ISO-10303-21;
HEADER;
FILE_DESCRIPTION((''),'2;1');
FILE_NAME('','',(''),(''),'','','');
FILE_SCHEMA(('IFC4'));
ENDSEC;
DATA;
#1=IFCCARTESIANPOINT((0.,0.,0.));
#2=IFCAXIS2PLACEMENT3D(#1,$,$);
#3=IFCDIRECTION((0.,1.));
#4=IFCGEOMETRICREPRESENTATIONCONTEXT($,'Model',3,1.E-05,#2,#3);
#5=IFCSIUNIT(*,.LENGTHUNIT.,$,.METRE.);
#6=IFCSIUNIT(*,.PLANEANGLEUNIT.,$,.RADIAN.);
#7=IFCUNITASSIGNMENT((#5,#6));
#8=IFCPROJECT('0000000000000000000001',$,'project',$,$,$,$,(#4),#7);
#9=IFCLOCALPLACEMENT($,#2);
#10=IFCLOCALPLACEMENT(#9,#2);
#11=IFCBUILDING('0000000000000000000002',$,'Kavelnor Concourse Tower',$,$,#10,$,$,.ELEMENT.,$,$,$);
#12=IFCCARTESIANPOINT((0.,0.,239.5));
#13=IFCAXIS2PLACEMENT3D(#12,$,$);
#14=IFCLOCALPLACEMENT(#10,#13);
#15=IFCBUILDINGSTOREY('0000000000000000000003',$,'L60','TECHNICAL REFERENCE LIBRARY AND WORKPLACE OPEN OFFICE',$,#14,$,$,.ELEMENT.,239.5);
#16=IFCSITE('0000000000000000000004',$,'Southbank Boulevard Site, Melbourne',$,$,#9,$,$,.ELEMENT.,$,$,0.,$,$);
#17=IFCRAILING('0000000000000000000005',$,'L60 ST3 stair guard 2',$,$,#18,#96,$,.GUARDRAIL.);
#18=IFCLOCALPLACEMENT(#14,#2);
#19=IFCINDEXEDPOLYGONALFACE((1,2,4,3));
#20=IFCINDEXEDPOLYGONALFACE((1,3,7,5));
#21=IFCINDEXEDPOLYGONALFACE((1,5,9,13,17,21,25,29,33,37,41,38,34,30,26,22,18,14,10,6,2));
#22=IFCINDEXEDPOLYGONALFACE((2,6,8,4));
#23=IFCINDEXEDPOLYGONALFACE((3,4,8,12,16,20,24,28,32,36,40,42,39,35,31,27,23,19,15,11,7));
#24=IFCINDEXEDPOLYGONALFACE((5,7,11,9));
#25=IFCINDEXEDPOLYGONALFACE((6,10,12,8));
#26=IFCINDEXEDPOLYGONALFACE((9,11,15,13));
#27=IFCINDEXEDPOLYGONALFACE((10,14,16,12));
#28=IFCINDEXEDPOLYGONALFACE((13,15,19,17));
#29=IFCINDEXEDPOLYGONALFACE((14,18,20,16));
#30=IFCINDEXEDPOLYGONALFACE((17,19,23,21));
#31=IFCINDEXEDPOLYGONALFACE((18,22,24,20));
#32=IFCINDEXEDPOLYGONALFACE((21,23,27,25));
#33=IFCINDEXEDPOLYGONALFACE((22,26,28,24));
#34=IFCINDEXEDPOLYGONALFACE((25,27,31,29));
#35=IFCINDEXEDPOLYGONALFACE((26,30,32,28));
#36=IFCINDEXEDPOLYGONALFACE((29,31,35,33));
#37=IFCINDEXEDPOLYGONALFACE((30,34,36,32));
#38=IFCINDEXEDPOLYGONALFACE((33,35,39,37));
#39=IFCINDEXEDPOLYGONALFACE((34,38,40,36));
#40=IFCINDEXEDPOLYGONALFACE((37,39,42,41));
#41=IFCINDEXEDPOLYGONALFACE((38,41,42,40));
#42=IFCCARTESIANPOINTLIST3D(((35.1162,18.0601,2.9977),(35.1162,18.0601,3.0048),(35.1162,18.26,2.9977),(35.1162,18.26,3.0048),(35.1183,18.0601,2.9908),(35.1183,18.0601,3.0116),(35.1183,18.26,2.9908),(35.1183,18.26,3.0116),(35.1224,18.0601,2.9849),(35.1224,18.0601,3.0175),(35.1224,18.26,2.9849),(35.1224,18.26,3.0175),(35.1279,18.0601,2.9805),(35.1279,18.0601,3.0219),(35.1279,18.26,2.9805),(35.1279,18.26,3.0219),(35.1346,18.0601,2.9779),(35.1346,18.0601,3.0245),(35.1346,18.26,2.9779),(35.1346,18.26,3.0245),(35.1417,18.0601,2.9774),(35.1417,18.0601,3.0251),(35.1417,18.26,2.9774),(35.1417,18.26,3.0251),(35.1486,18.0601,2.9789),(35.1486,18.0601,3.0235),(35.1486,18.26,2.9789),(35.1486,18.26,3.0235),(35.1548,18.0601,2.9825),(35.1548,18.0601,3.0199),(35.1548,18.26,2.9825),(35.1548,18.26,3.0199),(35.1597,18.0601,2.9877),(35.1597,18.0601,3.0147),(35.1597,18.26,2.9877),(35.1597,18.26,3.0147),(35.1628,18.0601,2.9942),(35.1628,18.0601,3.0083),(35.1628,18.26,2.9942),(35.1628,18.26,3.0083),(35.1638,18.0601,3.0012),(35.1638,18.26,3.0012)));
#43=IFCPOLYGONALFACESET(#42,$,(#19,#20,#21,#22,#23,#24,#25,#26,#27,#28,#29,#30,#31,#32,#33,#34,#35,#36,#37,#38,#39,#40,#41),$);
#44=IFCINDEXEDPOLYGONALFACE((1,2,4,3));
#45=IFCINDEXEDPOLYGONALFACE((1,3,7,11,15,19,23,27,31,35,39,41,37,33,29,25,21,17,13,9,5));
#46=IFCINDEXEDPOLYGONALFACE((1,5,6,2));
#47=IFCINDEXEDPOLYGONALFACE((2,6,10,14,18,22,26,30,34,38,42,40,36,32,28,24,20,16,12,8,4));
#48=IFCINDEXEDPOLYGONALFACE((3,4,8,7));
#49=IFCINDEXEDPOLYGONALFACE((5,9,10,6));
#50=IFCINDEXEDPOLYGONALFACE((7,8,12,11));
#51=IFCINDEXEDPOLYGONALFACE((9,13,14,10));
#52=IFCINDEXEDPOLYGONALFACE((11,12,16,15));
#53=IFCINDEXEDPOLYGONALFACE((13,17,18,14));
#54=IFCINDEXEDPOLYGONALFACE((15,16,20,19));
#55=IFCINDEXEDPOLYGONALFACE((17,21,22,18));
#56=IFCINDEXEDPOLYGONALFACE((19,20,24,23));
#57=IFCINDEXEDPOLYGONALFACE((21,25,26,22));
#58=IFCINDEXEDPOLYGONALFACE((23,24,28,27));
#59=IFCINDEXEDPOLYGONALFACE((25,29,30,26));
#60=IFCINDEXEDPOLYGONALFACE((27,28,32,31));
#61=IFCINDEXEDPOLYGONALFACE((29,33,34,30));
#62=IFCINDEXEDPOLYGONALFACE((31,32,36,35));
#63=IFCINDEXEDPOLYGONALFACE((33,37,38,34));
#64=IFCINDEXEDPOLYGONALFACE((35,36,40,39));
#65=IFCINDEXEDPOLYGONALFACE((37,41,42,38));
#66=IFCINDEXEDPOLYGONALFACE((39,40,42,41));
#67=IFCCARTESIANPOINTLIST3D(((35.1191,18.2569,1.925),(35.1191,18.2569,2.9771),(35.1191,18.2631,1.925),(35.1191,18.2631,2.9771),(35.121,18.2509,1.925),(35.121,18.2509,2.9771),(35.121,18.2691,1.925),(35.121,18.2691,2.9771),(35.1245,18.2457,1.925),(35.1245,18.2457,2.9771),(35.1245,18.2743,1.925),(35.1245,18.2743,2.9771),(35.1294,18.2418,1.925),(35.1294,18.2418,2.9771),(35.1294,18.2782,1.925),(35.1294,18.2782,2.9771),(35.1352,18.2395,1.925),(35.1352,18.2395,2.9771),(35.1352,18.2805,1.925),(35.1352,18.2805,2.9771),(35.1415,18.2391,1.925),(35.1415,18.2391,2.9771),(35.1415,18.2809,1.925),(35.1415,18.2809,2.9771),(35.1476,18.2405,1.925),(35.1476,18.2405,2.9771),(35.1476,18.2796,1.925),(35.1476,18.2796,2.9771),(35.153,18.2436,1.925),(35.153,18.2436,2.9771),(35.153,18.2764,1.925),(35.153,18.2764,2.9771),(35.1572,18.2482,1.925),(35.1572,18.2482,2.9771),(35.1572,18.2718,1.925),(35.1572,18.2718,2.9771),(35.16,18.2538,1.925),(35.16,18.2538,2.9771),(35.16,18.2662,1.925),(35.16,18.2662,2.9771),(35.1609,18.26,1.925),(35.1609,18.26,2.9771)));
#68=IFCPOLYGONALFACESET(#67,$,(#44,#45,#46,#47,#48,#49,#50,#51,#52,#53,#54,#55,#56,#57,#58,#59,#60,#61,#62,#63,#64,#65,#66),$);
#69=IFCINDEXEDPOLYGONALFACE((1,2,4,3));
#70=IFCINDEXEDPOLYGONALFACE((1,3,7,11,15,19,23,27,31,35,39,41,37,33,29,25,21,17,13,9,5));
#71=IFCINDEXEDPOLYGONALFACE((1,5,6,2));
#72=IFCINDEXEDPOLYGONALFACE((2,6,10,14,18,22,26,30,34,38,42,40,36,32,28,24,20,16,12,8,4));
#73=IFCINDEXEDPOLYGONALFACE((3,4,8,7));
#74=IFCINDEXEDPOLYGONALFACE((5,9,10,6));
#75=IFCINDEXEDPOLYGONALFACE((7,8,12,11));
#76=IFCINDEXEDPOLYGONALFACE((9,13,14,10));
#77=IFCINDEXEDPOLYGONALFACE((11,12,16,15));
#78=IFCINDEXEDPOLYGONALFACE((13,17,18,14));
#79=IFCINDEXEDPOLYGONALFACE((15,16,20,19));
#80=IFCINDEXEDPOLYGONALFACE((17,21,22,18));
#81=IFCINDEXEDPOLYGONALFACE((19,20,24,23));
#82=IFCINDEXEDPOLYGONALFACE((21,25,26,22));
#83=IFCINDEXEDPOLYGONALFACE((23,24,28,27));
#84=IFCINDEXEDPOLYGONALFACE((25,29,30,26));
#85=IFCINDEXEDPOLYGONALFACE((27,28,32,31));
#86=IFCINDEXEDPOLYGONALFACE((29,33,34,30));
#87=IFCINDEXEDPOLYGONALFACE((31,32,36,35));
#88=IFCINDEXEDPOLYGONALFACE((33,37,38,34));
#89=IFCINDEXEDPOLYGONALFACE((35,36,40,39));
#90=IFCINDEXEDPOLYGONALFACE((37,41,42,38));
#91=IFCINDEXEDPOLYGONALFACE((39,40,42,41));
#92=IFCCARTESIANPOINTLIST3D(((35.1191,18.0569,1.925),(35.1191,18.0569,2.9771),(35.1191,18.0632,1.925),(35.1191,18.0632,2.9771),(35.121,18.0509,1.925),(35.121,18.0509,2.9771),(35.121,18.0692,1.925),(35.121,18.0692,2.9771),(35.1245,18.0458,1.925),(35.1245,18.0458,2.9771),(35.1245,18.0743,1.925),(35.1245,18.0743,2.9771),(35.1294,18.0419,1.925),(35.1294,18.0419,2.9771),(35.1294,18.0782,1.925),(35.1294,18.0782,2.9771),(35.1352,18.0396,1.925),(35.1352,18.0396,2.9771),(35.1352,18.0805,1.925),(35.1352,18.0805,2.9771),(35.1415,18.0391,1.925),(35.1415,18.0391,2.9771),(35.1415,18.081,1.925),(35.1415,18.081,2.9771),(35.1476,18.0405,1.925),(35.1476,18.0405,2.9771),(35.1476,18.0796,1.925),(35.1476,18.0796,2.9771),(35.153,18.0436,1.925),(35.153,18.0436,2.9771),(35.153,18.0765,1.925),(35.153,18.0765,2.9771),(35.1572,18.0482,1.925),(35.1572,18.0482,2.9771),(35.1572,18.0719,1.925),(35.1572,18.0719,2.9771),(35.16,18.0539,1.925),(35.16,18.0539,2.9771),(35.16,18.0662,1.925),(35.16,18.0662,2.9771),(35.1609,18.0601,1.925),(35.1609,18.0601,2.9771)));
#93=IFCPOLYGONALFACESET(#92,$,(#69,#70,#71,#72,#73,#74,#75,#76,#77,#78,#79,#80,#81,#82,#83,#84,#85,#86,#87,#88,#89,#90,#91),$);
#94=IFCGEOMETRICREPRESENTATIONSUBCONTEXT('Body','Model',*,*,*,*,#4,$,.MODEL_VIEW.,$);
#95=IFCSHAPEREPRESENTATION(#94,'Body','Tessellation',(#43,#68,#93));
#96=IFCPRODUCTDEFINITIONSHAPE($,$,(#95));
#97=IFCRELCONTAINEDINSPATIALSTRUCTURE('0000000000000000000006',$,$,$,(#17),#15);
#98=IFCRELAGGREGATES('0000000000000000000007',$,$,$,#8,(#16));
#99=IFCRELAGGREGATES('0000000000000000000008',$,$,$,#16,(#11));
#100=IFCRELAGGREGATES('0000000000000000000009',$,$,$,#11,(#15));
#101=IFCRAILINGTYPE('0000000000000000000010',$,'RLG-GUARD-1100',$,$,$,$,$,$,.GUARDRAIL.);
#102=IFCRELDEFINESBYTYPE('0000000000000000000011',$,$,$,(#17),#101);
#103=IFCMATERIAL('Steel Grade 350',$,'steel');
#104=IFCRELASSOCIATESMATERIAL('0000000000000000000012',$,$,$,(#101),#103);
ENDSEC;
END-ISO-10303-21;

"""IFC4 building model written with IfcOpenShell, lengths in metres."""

from ifc_helpers import new_model, si_unit, direction, frame, origin, origin_2d, place, context, subcontext, project, spatial, circle, extrude, material, type_object, element, save


model = new_model("IFC4")

# Units and contexts
model_context = context("Model", 3, precision=1e-05, world=origin(), true_north=direction((0.0, 1.0)))
body_context = subcontext(model_context, "Body", "Model", "MODEL_VIEW")
ifc_project = project(units=[si_unit("LENGTHUNIT", "METRE"), si_unit("PLANEANGLEUNIT", "RADIAN")], contexts=[model_context])

# Site, building, storey
site_placement = place(None, origin())
site = spatial("IfcSite", under=ifc_project, at=site_placement, Name="Southbank Boulevard Site, Melbourne", CompositionType="ELEMENT", RefElevation=0.0)
building_placement = place(site_placement, origin())
building = spatial("IfcBuilding", under=site, at=building_placement, Name="Kavelnor Concourse Tower", CompositionType="ELEMENT")
storey_placement = place(building_placement, frame((0.0, 0.0, 239.5)))
storey = spatial("IfcBuildingStorey", under=building, at=storey_placement, Name="L60", Description="TECHNICAL REFERENCE LIBRARY AND WORKPLACE OPEN OFFICE", CompositionType="ELEMENT", Elevation=239.5)

# Shared definitions
ifc_material_1 = material(Name="Steel Grade 350", Category="steel")

# Railing
railing_type = type_object("IfcRailingType", Name="RLG-GUARD-1100", PredefinedType="GUARDRAIL", material=ifc_material_1)
railing_1_placement = place(storey_placement, frame((35.1399, 18.26, 1.925)))
element("IfcRailing", 1, at=railing_1_placement, inside=storey, type_object=railing_type, Name="L60 ST3 stair guard 2", PredefinedType="GUARDRAIL", context=body_context, shape_type="SweptSolid", body=[
    extrude(circle(Radius=0.0239, at=origin_2d()), frame((0.0, 0.0, 1.0762), z_axis=(0.0, -1.0, 0.0), x_axis=(1.0, 0.0, 0.0)), (0.0, 0.0, 1.0), 0.2),
    extrude(circle(Radius=0.021, at=origin_2d()), origin(), (0.0, 0.0, 1.0), 1.052),
    extrude(circle(Radius=0.021, at=origin_2d()), frame((0.0, -0.2, 0.0)), (0.0, 0.0, 1.0), 1.052),
])

save(model, "model.ifc")
